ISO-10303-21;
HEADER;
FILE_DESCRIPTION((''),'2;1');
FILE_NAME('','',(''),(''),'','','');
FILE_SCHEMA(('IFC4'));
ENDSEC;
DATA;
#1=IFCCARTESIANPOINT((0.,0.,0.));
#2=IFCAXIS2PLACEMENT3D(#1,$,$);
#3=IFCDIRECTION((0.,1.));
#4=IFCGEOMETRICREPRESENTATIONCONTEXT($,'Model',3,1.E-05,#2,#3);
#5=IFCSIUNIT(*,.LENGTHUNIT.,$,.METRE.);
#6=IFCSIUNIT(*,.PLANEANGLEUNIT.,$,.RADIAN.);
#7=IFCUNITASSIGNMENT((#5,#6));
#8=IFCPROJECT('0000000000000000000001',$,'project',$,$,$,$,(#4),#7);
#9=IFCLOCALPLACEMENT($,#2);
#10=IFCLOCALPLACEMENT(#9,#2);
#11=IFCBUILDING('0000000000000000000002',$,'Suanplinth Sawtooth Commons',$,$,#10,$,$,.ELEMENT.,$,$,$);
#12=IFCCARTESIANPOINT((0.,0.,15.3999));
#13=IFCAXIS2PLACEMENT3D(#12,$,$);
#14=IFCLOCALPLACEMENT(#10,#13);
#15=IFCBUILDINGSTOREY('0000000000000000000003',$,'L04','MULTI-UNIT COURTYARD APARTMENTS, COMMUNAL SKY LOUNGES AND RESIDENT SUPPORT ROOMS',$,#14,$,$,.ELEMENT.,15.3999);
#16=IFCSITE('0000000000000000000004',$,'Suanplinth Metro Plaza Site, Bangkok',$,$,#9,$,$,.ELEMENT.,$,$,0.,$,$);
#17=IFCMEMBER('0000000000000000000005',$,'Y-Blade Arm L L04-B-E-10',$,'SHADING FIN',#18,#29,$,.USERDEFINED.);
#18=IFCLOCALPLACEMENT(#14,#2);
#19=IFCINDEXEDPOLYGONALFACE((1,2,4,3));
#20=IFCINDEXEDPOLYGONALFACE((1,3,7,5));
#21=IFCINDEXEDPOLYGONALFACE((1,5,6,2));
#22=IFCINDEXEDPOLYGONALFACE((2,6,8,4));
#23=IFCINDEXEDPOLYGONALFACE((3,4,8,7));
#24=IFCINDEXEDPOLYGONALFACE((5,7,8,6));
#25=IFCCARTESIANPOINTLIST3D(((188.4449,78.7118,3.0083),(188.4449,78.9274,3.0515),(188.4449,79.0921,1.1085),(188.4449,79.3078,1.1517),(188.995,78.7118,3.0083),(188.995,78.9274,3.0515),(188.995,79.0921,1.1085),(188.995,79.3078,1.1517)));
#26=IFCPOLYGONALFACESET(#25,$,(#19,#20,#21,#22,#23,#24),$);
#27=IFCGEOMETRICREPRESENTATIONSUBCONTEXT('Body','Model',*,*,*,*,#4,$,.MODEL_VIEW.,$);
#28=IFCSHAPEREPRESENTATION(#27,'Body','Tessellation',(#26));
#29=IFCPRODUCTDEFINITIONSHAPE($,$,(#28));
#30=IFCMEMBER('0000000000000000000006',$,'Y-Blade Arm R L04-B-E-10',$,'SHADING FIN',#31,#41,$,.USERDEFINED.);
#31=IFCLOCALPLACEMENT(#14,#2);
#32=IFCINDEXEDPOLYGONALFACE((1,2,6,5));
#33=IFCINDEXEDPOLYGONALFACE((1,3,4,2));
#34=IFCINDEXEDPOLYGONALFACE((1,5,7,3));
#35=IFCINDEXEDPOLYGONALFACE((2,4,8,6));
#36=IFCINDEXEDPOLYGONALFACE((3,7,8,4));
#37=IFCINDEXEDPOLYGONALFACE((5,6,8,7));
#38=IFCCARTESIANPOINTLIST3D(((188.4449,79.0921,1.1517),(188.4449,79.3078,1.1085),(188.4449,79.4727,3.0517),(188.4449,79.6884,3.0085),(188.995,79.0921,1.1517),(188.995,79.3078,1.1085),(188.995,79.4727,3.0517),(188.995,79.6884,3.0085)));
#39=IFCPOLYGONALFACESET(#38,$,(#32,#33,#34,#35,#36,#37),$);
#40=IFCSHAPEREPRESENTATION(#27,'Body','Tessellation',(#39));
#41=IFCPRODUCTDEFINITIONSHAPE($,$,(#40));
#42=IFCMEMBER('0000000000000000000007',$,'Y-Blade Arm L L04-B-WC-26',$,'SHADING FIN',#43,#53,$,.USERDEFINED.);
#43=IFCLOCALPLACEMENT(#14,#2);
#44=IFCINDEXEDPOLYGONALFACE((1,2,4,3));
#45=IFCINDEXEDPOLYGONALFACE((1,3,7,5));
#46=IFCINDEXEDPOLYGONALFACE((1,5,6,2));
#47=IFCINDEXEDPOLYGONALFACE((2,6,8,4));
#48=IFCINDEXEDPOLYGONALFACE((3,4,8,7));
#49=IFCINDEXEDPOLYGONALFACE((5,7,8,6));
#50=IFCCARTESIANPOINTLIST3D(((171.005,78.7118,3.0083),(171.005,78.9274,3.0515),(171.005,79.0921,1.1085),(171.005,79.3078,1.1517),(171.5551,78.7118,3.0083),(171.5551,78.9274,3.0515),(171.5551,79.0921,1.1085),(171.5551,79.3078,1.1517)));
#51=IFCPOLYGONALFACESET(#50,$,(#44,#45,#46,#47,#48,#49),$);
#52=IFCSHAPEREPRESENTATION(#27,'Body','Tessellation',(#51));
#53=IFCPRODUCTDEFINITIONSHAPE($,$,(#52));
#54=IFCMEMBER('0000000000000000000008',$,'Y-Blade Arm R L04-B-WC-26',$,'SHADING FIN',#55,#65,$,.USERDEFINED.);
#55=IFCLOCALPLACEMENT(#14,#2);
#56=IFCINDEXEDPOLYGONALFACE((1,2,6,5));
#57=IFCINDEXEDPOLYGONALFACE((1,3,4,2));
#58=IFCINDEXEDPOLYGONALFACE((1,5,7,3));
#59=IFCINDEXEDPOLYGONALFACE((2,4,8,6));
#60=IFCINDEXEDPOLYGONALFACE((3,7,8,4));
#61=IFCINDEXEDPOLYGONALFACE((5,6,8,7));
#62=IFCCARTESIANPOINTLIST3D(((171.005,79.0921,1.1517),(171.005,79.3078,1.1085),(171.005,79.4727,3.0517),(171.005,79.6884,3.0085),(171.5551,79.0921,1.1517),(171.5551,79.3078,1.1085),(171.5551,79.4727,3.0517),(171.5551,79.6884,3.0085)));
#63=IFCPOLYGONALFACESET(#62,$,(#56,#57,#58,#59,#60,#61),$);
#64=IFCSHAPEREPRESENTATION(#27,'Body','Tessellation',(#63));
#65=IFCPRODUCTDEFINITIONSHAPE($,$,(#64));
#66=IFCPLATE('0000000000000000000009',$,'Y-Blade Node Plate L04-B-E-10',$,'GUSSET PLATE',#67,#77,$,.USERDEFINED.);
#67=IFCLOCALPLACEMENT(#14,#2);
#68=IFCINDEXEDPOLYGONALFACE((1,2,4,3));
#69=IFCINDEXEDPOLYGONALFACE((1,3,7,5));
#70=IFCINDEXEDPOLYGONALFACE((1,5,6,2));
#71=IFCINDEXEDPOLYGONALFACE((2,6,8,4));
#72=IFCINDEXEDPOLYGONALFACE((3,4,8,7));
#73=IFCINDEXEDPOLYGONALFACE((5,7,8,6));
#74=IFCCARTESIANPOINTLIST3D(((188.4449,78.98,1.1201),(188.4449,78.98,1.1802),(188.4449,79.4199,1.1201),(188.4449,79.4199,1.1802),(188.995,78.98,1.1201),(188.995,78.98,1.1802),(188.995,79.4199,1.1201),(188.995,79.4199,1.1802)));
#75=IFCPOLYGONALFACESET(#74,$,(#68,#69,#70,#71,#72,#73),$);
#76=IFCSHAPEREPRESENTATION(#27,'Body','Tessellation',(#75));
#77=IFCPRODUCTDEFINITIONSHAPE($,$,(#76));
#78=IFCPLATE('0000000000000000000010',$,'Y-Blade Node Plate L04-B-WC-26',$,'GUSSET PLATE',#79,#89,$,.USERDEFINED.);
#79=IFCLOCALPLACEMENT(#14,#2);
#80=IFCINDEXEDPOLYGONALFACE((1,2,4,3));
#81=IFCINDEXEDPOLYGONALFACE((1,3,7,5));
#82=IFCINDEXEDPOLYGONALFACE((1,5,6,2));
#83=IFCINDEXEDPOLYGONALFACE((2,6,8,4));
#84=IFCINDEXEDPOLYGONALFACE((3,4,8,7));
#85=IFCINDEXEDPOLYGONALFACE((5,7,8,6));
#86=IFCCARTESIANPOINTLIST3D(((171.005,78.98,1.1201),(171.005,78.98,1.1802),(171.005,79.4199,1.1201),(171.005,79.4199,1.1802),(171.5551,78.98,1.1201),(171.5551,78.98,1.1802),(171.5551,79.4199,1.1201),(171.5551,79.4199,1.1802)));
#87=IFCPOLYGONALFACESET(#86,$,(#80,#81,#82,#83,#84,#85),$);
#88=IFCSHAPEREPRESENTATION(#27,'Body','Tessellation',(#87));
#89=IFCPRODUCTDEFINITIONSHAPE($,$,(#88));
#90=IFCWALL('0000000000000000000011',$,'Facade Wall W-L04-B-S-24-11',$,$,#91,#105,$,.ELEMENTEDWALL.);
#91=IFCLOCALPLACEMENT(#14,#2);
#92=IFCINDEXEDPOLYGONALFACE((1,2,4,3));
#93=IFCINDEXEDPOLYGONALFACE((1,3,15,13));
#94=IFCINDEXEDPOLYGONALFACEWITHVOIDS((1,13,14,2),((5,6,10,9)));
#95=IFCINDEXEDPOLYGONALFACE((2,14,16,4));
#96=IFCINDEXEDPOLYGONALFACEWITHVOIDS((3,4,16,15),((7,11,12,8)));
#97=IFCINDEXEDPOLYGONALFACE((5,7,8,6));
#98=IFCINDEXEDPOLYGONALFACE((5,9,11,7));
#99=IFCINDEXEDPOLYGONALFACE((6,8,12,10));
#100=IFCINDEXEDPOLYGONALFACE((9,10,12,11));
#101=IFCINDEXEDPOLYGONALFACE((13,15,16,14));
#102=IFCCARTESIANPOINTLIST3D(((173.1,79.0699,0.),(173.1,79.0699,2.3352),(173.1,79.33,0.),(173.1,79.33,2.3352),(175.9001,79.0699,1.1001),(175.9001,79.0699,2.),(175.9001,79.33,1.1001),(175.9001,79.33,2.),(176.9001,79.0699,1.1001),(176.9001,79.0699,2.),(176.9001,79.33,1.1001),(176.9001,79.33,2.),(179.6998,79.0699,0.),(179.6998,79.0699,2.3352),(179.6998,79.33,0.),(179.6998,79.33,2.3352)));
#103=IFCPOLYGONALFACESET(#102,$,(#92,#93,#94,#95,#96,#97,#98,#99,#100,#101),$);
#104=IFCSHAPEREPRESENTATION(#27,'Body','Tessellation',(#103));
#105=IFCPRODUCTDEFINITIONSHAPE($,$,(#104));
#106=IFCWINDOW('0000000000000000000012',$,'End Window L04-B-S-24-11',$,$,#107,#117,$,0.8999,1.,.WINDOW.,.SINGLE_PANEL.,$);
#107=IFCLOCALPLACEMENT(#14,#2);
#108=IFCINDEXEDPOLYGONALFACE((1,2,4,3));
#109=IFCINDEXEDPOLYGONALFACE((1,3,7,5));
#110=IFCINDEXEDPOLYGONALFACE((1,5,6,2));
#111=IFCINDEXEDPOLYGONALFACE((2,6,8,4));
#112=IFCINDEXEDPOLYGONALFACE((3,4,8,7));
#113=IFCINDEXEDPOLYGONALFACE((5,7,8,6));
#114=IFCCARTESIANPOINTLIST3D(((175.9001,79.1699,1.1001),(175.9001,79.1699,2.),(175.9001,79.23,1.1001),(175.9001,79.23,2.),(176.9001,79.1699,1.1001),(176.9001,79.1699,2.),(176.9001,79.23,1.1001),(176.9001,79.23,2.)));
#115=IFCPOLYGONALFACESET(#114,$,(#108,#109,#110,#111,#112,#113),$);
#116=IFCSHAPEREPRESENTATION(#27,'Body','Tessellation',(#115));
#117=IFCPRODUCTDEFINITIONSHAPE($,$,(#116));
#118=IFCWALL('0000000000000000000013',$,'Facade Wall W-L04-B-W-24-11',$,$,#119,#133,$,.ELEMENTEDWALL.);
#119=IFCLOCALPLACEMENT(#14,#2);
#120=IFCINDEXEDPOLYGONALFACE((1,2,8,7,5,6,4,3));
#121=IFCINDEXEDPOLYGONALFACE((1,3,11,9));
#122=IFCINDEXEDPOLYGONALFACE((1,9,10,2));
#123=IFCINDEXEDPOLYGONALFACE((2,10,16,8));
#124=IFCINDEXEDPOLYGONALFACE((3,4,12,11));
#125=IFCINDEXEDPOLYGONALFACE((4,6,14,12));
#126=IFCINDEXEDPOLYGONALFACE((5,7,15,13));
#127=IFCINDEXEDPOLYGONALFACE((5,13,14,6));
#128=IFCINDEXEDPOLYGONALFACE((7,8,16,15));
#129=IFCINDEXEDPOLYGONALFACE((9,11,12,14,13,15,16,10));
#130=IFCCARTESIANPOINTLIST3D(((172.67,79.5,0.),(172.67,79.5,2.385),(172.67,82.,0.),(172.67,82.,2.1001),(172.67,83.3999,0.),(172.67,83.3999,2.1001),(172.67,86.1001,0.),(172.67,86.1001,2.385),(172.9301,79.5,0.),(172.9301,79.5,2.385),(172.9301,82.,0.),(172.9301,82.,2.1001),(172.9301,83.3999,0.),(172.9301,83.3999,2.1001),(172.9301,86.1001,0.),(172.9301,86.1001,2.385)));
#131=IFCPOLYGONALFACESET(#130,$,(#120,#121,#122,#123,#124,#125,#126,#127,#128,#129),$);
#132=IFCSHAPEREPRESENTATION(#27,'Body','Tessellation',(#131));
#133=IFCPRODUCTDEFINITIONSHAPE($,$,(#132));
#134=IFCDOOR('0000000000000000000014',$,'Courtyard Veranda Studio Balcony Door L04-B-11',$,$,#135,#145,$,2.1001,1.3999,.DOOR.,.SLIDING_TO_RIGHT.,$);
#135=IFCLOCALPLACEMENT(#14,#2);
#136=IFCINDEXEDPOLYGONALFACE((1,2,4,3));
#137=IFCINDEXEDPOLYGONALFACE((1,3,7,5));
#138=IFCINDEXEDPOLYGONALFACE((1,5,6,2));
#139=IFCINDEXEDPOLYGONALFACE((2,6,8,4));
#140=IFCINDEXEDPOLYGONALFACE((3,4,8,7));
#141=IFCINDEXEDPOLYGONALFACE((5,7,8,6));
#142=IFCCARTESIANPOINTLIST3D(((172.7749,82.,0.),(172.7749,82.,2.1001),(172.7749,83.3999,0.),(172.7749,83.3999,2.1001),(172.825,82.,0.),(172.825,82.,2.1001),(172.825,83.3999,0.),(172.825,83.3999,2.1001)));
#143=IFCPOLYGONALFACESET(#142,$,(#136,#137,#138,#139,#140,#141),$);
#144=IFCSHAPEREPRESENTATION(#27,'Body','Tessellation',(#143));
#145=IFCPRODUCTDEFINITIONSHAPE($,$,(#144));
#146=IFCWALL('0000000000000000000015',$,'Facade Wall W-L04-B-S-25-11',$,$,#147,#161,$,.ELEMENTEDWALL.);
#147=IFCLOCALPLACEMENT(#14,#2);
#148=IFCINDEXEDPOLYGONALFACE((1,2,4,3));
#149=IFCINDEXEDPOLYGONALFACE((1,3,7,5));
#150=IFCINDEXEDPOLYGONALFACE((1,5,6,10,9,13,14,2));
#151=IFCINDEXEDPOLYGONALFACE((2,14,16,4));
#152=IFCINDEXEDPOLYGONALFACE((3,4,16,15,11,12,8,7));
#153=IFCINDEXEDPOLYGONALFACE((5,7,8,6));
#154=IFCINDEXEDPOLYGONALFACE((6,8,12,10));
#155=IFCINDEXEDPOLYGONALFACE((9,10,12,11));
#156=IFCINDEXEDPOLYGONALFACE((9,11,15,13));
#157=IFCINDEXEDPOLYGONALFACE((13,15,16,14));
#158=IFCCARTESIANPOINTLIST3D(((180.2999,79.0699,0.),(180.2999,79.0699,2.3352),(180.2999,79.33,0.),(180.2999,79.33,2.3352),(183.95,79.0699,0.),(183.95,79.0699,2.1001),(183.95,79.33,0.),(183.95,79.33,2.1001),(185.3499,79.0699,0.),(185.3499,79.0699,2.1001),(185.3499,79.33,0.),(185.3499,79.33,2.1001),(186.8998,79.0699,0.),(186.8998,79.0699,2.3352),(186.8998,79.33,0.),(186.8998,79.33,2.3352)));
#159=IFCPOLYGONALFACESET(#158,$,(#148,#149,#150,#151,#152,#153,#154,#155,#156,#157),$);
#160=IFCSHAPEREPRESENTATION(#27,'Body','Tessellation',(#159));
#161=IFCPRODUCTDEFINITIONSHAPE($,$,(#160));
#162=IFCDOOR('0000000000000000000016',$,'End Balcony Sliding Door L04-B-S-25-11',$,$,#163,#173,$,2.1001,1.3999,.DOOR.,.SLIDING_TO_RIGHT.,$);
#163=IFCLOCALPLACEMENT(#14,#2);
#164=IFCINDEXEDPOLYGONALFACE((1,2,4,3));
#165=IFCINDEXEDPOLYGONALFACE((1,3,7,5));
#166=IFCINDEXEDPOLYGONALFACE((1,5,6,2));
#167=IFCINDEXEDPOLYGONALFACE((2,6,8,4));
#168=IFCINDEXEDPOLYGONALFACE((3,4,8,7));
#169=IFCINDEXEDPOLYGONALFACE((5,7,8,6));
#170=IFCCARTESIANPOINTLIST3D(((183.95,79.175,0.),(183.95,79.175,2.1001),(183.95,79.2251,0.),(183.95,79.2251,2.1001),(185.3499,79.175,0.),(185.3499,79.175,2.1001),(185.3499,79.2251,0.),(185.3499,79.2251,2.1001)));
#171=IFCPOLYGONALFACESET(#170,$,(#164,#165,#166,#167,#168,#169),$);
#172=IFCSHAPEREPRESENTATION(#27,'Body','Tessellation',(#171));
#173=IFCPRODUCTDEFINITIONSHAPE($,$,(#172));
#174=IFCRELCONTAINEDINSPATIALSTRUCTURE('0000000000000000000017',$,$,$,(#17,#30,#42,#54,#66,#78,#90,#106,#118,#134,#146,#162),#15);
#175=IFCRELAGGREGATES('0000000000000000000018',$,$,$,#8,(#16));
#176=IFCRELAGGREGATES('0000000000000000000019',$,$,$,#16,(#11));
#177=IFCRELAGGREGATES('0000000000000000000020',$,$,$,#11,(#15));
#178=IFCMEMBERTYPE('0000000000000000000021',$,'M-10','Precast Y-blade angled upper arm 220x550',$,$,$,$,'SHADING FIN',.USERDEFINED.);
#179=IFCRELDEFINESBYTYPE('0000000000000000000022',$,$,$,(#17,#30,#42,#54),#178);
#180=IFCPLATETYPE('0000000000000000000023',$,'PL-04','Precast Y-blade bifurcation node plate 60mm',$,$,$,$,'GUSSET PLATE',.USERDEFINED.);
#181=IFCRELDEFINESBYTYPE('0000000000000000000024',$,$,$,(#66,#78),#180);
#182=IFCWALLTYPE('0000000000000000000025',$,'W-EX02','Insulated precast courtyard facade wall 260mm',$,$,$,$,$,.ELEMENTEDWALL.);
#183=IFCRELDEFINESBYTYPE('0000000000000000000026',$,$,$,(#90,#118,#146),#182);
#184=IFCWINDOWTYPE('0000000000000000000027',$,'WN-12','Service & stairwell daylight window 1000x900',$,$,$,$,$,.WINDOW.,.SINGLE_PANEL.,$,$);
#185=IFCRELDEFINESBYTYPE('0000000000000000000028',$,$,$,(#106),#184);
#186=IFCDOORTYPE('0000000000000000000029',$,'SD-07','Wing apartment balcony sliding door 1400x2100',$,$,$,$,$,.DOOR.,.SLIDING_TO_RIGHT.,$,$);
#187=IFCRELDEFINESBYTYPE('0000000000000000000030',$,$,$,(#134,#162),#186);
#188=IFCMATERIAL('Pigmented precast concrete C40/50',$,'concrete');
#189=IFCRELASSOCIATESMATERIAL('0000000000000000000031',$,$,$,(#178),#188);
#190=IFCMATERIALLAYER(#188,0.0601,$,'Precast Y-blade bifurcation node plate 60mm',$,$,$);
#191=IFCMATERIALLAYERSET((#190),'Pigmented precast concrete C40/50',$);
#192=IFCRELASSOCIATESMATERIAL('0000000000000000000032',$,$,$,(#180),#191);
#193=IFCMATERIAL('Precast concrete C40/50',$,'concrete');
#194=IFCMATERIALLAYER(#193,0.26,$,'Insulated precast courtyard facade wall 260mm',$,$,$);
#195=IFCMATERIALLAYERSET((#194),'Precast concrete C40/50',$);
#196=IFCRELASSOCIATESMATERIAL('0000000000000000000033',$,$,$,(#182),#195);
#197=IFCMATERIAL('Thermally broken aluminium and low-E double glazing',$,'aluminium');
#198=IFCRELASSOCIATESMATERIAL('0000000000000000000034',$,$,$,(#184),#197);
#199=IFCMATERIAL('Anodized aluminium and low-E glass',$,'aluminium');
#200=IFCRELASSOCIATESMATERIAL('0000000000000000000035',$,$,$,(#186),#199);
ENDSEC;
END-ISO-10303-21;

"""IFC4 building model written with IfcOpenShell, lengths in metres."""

from ifc_helpers import new_model, si_unit, direction, frame, frame_2d, origin, origin_2d, place, context, subcontext, project, spatial, rectangle, extrude, material, layer, layer_set, material_profile, profile_set, type_object, element, fill, save


model = new_model("IFC4")

# Units and contexts
model_context = context("Model", 3, precision=1e-05, world=origin(), true_north=direction((0.0, 1.0)))
body_context = subcontext(model_context, "Body", "Model", "MODEL_VIEW")
ifc_project = project(units=[si_unit("LENGTHUNIT", "METRE"), si_unit("PLANEANGLEUNIT", "RADIAN")], contexts=[model_context])

# Site, building, storey
site_placement = place(None, origin())
site = spatial("IfcSite", under=ifc_project, at=site_placement, Name="Suanplinth Metro Plaza Site, Bangkok", CompositionType="ELEMENT", RefElevation=0.0)
building_placement = place(site_placement, origin())
building = spatial("IfcBuilding", under=site, at=building_placement, Name="Suanplinth Sawtooth Commons", CompositionType="ELEMENT")
storey_placement = place(building_placement, frame((0.0, 0.0, 15.3999)))
storey = spatial("IfcBuildingStorey", under=building, at=storey_placement, Name="L04", Description="MULTI-UNIT COURTYARD APARTMENTS, COMMUNAL SKY LOUNGES AND RESIDENT SUPPORT ROOMS", CompositionType="ELEMENT", Elevation=15.3999)

# Shared definitions
ifc_material_1 = material(Name="Precast concrete C40/50", Category="concrete")

# Members
ifc_material_2 = material(Name="Pigmented precast concrete C40/50", Category="concrete")
ifc_material_profile_1 = material_profile(ifc_material_2, rectangle(XDim=0.22, YDim=0.55, at=origin_2d()), Name="PC-FIN 220x550")
ifc_profile_set_1 = profile_set([ifc_material_profile_1], Name="Pigmented precast concrete C40/50")
member_type_1 = type_object("IfcMemberType", Name="M-10", Description="Precast Y-blade angled upper arm 220x550", ElementType="SHADING FIN", PredefinedType="USERDEFINED", material=ifc_profile_set_1)
member_1_placement = place(storey_placement, frame((188.72, 79.2, 1.1301), z_axis=(0.0, -0.19631, 0.980542), x_axis=(0.0, 0.980542, 0.19631)))
element("IfcMember", 1, at=member_1_placement, inside=storey, type_object=member_type_1, Name="Y-Blade Arm L L04-B-E-10", ObjectType="SHADING FIN", PredefinedType="USERDEFINED", context=body_context, shape_type="SweptSolid", body=[
    extrude(rectangle(XDim=0.22, YDim=0.55, at=origin_2d()), origin(), (0.0, 0.0, 1.0), 1.9375),
])
member_2_placement = place(storey_placement, frame((188.72, 79.2, 1.1301), z_axis=(0.0, 0.196431, 0.980518), x_axis=(0.0, -0.980518, 0.196431)))
element("IfcMember", 2, at=member_2_placement, inside=storey, type_object=member_type_1, Name="Y-Blade Arm R L04-B-E-10", ObjectType="SHADING FIN", PredefinedType="USERDEFINED", context=body_context, shape_type="SweptSolid", body=[
    extrude(rectangle(XDim=0.22, YDim=0.55, at=origin_2d()), origin(), (0.0, 0.0, 1.0), 1.9377),
])
member_3_placement = place(storey_placement, frame((171.28, 79.2, 1.1301), z_axis=(0.0, -0.19631, 0.980542), x_axis=(0.0, 0.980542, 0.19631)))
element("IfcMember", 3, at=member_3_placement, inside=storey, type_object=member_type_1, Name="Y-Blade Arm L L04-B-WC-26", ObjectType="SHADING FIN", PredefinedType="USERDEFINED", context=body_context, shape_type="SweptSolid", body=[
    extrude(rectangle(XDim=0.22, YDim=0.55, at=origin_2d()), origin(), (0.0, 0.0, 1.0), 1.9375),
])
member_4_placement = place(storey_placement, frame((171.28, 79.2, 1.1301), z_axis=(0.0, 0.196431, 0.980518), x_axis=(0.0, -0.980518, 0.196431)))
element("IfcMember", 4, at=member_4_placement, inside=storey, type_object=member_type_1, Name="Y-Blade Arm R L04-B-WC-26", ObjectType="SHADING FIN", PredefinedType="USERDEFINED", context=body_context, shape_type="SweptSolid", body=[
    extrude(rectangle(XDim=0.22, YDim=0.55, at=origin_2d()), origin(), (0.0, 0.0, 1.0), 1.9377),
])

# Plates
ifc_layer_1 = layer(ifc_material_2, 0.0601, Name="Precast Y-blade bifurcation node plate 60mm")
ifc_layer_set_1 = layer_set([ifc_layer_1], Name="Pigmented precast concrete C40/50")
plate_type = type_object("IfcPlateType", Name="PL-04", Description="Precast Y-blade bifurcation node plate 60mm", ElementType="GUSSET PLATE", PredefinedType="USERDEFINED", material=ifc_layer_set_1)
for number, where, z_axis, x_axis, name in (
    (5, (188.72, 79.2, 1.1201), (0.0, 0.0, 1.0), (0.0, 1.0, 0.0), "Y-Blade Node Plate L04-B-E-10"),
    (6, (171.28, 79.2, 1.1201), (0.0, 0.0, 1.0), (0.0, 1.0, 0.0), "Y-Blade Node Plate L04-B-WC-26"),
):
    element("IfcPlate", number, at=place(storey_placement, frame(where, z_axis=z_axis, x_axis=x_axis)), inside=storey, type_object=plate_type, Name=name, ObjectType="GUSSET PLATE", PredefinedType="USERDEFINED", context=body_context, shape_type="SweptSolid", body=[
        extrude(rectangle(XDim=0.4399, YDim=0.55, at=origin_2d()), origin(), (0.0, 0.0, 1.0), 0.0601),
    ])

# Wall, opening, window
ifc_layer_2 = layer(ifc_material_1, 0.26, Name="Insulated precast courtyard facade wall 260mm")
ifc_layer_set_2 = layer_set([ifc_layer_2], Name="Precast concrete C40/50")
wall_type = type_object("IfcWallType", Name="W-EX02", Description="Insulated precast courtyard facade wall 260mm", PredefinedType="ELEMENTEDWALL", material=ifc_layer_set_2)
wall_1_placement = place(storey_placement, frame((173.1001, 79.2, 0.0), z_axis=(0.0, 0.0, 1.0), x_axis=(1.0, 0.0, 0.0)))
wall_1 = element("IfcWall", 7, at=wall_1_placement, inside=storey, type_object=wall_type, Name="Facade Wall W-L04-B-S-24-11", PredefinedType="ELEMENTEDWALL", context=body_context, shape_type="SweptSolid", body=[
    extrude(rectangle(XDim=6.5999, YDim=0.26, at=frame_2d((3.2998, 0.0))), origin(), (0.0, 0.0, 1.0), 2.3352),
])
opening_1_placement = place(wall_1_placement, frame((2.8, 0.0, 1.1001)))
opening_1 = element("IfcOpeningElement", 8, at=opening_1_placement, cuts=wall_1, PredefinedType="OPENING", context=body_context, shape_type="SweptSolid", body=[
    extrude(rectangle(XDim=1.0, YDim=0.8999, at=frame_2d((0.5, 0.45))), frame((0.0, 0.145, 0.0), z_axis=(0.0, -1.0, 0.0), x_axis=(1.0, 0.0, 0.0)), (0.0, 0.0, 1.0), 0.2898),
])
ifc_material_3 = material(Name="Thermally broken aluminium and low-E double glazing", Category="aluminium")
window_type = type_object("IfcWindowType", Name="WN-12", Description="Service & stairwell daylight window 1000x900", PartitioningType="SINGLE_PANEL", PredefinedType="WINDOW", material=ifc_material_3)
window_placement = place(opening_1_placement, origin())
window = element("IfcWindow", 9, at=window_placement, inside=storey, type_object=window_type, Name="End Window L04-B-S-24-11", OverallHeight=0.8999, OverallWidth=1.0, PartitioningType="SINGLE_PANEL", PredefinedType="WINDOW", context=body_context, shape_type="SweptSolid", body=[
    extrude(rectangle(XDim=1.0, YDim=0.8999, at=frame_2d((0.5, 0.45))), frame((0.0, 0.03, 0.0), z_axis=(0.0, -1.0, 0.0), x_axis=(1.0, 0.0, 0.0)), (0.0, 0.0, 1.0), 0.0601),
])
fill(opening_1, window)

# Walls, openings, doors
wall_2_placement = place(storey_placement, frame((172.8, 79.5, 0.0), z_axis=(0.0, 0.0, 1.0), x_axis=(0.0, 1.0, 0.0)))
wall_2 = element("IfcWall", 10, at=wall_2_placement, inside=storey, type_object=wall_type, Name="Facade Wall W-L04-B-W-24-11", PredefinedType="ELEMENTEDWALL", context=body_context, shape_type="SweptSolid", body=[
    extrude(rectangle(XDim=6.6001, YDim=0.26, at=frame_2d((3.3, 0.0))), origin(), (0.0, 0.0, 1.0), 2.385),
])
opening_2_placement = place(wall_2_placement, frame((2.5, 0.0, 0.0)))
opening_2 = element("IfcOpeningElement", 11, at=opening_2_placement, cuts=wall_2, PredefinedType="OPENING", context=body_context, shape_type="SweptSolid", body=[
    extrude(rectangle(XDim=1.3999, YDim=2.1001, at=frame_2d((0.7, 1.05))), frame((0.0, 0.145, 0.0), z_axis=(0.0, -1.0, 0.0), x_axis=(1.0, 0.0, 0.0)), (0.0, 0.0, 1.0), 0.2898),
])
ifc_material_4 = material(Name="Anodized aluminium and low-E glass", Category="aluminium")
door_type = type_object("IfcDoorType", Name="SD-07", Description="Wing apartment balcony sliding door 1400x2100", OperationType="SLIDING_TO_RIGHT", PredefinedType="DOOR", material=ifc_material_4)
door_1_placement = place(opening_2_placement, frame((1.3999, 0.0, 0.0), z_axis=(0.0, 0.0, 1.0), x_axis=(-1.0, 0.0, 0.0)))
door_1 = element("IfcDoor", 12, at=door_1_placement, inside=storey, type_object=door_type, Name="Courtyard Veranda Studio Balcony Door L04-B-11", OperationType="SLIDING_TO_RIGHT", OverallHeight=2.1001, OverallWidth=1.3999, PredefinedType="DOOR", context=body_context, shape_type="SweptSolid", body=[
    extrude(rectangle(XDim=1.3999, YDim=2.1001, at=frame_2d((0.7, 1.05))), frame((0.0, 0.0249, 0.0), z_axis=(0.0, -1.0, 0.0), x_axis=(1.0, 0.0, 0.0)), (0.0, 0.0, 1.0), 0.05),
])
fill(opening_2, door_1)
wall_3_placement = place(storey_placement, frame((180.3, 79.2, 0.0), z_axis=(0.0, 0.0, 1.0), x_axis=(1.0, 0.0, 0.0)))
wall_3 = element("IfcWall", 13, at=wall_3_placement, inside=storey, type_object=wall_type, Name="Facade Wall W-L04-B-S-25-11", PredefinedType="ELEMENTEDWALL", context=body_context, shape_type="SweptSolid", body=[
    extrude(rectangle(XDim=6.5999, YDim=0.26, at=frame_2d((3.2998, 0.0))), origin(), (0.0, 0.0, 1.0), 2.3352),
])
opening_3_placement = place(wall_3_placement, frame((3.6499, 0.0, 0.0)))
opening_3 = element("IfcOpeningElement", 14, at=opening_3_placement, cuts=wall_3, PredefinedType="OPENING", context=body_context, shape_type="SweptSolid", body=[
    extrude(rectangle(XDim=1.3999, YDim=2.1001, at=frame_2d((0.7, 1.05))), frame((0.0, 0.145, 0.0), z_axis=(0.0, -1.0, 0.0), x_axis=(1.0, 0.0, 0.0)), (0.0, 0.0, 1.0), 0.2898),
])
door_2_placement = place(opening_3_placement, frame((1.3999, 0.0, 0.0), z_axis=(0.0, 0.0, 1.0), x_axis=(-1.0, 0.0, 0.0)))
door_2 = element("IfcDoor", 15, at=door_2_placement, inside=storey, type_object=door_type, Name="End Balcony Sliding Door L04-B-S-25-11", OperationType="SLIDING_TO_RIGHT", OverallHeight=2.1001, OverallWidth=1.3999, PredefinedType="DOOR", context=body_context, shape_type="SweptSolid", body=[
    extrude(rectangle(XDim=1.3999, YDim=2.1001, at=frame_2d((0.7, 1.05))), frame((0.0, 0.0249, 0.0), z_axis=(0.0, -1.0, 0.0), x_axis=(1.0, 0.0, 0.0)), (0.0, 0.0, 1.0), 0.05),
])
fill(opening_3, door_2)

save(model, "model.ifc")
